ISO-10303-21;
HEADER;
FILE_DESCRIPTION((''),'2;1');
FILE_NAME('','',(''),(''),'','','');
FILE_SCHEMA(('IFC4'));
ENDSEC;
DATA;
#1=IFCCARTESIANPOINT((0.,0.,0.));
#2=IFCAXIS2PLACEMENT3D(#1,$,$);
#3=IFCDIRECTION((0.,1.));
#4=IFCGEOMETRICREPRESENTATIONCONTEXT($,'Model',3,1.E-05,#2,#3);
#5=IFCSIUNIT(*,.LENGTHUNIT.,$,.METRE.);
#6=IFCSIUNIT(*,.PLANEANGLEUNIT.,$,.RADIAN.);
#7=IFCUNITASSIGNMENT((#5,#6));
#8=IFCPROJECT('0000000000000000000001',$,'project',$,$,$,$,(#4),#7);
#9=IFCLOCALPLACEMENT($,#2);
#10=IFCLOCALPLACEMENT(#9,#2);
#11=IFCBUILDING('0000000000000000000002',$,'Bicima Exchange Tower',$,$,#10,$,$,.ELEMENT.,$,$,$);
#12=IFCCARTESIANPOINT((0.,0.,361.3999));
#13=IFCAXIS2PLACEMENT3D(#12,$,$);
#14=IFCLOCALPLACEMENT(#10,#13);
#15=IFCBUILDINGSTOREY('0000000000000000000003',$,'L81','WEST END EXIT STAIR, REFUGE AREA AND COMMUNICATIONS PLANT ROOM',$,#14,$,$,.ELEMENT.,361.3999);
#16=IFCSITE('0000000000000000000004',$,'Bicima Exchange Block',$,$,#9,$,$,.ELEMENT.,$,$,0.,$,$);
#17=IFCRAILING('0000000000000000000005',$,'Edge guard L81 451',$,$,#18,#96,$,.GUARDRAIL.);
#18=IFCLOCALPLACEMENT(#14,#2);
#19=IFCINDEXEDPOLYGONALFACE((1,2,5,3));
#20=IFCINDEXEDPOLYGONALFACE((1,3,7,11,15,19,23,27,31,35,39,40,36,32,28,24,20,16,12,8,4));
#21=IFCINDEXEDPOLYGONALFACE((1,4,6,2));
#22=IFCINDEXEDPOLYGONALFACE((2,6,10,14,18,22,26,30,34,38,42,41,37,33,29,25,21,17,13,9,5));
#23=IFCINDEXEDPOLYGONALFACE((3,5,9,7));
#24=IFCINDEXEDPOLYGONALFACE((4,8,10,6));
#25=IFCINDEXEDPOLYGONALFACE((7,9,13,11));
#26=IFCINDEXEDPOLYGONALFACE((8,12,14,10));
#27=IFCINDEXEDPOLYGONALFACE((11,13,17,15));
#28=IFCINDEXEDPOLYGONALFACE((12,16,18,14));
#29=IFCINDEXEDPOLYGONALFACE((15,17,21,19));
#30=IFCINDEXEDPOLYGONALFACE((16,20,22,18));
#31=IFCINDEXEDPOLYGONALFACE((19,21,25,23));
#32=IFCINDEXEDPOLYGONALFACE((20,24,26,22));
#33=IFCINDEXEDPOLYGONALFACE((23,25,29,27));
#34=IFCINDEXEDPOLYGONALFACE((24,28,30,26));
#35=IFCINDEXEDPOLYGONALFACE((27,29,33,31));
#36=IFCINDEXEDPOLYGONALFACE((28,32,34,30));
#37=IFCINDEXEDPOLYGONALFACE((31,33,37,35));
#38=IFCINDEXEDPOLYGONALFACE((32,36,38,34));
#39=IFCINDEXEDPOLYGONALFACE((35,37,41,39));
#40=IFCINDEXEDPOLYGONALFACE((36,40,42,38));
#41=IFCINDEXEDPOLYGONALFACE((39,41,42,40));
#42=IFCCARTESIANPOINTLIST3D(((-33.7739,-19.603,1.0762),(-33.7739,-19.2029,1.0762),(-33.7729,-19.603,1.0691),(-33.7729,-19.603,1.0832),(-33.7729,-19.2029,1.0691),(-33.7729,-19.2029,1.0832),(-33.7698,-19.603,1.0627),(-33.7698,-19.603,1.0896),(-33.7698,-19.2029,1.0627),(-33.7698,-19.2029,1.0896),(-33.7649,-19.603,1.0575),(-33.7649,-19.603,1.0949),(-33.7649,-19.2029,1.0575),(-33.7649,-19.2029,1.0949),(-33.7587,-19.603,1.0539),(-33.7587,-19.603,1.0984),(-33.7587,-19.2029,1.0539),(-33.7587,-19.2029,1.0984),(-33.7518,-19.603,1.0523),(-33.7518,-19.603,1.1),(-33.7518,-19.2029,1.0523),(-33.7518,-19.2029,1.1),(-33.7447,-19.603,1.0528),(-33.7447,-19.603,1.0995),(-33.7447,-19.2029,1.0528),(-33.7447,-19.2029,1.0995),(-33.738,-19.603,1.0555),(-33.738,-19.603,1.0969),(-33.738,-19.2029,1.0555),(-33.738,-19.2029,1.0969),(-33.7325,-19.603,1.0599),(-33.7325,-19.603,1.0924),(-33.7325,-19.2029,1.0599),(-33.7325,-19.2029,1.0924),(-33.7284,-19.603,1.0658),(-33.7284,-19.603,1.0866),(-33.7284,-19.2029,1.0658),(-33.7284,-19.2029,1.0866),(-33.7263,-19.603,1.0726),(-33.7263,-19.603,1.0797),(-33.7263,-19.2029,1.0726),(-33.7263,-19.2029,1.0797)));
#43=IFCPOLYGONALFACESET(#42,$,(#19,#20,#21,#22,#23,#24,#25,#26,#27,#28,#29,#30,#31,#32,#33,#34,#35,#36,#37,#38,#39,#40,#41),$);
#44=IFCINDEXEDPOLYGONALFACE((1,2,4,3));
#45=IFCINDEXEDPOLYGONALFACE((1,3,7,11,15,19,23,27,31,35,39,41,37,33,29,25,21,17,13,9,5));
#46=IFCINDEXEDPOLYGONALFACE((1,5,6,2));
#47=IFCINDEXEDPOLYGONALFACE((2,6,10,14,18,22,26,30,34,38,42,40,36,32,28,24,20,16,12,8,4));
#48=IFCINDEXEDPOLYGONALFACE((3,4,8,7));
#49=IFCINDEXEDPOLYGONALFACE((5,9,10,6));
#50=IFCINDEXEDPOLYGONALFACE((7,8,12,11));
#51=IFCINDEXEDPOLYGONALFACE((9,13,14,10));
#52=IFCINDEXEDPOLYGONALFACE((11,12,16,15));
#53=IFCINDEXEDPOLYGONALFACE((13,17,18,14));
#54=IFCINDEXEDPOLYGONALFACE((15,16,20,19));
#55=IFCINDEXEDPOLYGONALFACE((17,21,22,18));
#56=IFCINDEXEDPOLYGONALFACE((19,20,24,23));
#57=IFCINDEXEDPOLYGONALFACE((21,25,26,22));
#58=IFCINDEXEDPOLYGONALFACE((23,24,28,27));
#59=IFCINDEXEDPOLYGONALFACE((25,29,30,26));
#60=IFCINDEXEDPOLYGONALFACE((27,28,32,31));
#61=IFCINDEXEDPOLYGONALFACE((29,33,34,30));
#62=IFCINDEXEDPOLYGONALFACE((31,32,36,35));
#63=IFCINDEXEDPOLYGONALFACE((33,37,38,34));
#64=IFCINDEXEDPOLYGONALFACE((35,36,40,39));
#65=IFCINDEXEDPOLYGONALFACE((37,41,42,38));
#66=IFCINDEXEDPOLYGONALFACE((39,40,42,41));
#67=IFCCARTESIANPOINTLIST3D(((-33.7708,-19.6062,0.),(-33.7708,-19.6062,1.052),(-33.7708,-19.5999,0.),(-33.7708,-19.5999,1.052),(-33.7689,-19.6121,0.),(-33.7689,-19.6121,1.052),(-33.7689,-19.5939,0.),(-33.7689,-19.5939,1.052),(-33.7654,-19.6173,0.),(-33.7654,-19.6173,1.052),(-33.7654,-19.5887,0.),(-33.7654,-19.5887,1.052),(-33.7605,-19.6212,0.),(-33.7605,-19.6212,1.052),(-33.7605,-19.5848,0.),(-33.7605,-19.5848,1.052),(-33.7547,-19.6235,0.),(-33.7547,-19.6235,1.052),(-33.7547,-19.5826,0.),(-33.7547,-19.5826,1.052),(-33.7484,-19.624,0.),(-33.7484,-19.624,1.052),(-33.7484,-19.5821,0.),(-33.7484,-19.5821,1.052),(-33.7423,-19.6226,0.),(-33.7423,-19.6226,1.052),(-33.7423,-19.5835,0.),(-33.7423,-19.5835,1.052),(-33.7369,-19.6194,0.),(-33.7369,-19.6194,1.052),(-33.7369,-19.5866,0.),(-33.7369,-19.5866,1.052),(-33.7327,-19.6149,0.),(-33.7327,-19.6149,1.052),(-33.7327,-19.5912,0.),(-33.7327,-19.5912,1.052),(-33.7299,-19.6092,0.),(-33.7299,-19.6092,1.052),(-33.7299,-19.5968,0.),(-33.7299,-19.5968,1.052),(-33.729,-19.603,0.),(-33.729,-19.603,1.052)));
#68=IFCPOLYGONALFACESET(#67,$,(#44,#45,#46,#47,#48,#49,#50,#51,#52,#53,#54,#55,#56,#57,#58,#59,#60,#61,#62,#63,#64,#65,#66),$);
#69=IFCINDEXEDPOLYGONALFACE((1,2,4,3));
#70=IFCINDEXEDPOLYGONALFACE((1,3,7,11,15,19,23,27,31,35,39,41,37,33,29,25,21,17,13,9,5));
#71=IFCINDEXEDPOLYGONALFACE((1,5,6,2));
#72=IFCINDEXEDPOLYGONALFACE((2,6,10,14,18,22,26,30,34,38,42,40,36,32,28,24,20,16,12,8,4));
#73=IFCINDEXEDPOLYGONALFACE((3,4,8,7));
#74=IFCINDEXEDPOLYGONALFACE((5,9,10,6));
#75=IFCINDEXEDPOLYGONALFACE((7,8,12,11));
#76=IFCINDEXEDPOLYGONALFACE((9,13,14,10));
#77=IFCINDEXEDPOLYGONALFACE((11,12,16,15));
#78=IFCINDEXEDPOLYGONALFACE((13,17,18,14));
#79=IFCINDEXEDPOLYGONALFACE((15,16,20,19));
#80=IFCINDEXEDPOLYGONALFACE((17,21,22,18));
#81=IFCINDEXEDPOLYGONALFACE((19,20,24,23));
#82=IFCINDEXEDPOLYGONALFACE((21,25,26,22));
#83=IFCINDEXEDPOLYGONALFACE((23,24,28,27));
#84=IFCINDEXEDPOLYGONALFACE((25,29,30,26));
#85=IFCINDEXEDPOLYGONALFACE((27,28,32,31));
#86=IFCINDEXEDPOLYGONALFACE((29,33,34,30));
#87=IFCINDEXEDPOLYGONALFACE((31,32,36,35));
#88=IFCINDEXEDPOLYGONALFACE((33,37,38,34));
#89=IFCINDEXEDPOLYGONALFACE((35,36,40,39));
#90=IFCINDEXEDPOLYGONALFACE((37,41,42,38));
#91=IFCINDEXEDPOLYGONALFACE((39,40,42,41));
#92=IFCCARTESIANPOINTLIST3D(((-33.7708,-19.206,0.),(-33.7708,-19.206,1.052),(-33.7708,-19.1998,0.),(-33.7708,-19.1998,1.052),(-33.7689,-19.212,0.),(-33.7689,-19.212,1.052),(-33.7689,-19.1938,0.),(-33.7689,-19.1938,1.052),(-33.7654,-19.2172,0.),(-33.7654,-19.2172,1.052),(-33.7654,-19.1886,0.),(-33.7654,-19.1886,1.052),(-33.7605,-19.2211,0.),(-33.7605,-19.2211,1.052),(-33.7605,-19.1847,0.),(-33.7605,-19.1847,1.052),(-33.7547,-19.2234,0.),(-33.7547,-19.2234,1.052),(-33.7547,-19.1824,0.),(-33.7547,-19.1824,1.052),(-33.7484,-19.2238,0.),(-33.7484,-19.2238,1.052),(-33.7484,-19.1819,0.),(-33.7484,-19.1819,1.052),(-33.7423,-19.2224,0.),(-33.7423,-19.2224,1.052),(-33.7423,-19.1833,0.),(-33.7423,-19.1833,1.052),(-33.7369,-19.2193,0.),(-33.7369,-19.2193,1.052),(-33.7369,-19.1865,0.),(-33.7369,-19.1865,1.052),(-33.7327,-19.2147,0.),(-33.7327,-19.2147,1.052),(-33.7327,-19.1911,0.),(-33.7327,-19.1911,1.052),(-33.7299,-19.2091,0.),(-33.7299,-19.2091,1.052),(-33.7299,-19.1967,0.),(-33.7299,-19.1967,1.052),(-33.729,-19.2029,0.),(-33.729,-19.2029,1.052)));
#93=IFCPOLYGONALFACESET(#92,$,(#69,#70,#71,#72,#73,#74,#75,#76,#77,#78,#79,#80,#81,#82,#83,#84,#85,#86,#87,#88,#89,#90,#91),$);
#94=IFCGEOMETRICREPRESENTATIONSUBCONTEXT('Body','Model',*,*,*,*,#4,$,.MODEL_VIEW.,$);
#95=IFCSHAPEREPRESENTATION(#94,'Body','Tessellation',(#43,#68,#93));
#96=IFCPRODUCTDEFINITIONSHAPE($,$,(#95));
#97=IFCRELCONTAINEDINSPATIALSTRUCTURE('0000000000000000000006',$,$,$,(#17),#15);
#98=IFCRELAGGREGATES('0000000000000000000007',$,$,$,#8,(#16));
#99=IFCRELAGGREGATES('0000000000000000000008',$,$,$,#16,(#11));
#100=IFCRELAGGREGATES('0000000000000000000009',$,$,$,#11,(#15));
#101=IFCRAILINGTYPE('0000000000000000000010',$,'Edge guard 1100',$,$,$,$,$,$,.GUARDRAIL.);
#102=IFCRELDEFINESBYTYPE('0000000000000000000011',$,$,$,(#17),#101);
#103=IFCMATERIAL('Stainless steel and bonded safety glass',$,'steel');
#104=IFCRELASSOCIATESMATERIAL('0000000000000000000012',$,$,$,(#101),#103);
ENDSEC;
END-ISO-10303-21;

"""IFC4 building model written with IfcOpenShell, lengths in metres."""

from ifc_helpers import new_model, si_unit, direction, frame, origin, origin_2d, place, context, subcontext, project, spatial, circle, extrude, material, type_object, element, save


model = new_model("IFC4")

# Units and contexts
model_context = context("Model", 3, precision=1e-05, world=origin(), true_north=direction((0.0, 1.0)))
body_context = subcontext(model_context, "Body", "Model", "MODEL_VIEW")
ifc_project = project(units=[si_unit("LENGTHUNIT", "METRE"), si_unit("PLANEANGLEUNIT", "RADIAN")], contexts=[model_context])

# Site, building, storey
site_placement = place(None, origin())
site = spatial("IfcSite", under=ifc_project, at=site_placement, Name="Bicima Exchange Block", CompositionType="ELEMENT", RefElevation=0.0)
building_placement = place(site_placement, origin())
building = spatial("IfcBuilding", under=site, at=building_placement, Name="Bicima Exchange Tower", CompositionType="ELEMENT")
storey_placement = place(building_placement, frame((0.0, 0.0, 361.3999)))
storey = spatial("IfcBuildingStorey", under=building, at=storey_placement, Name="L81", Description="WEST END EXIT STAIR, REFUGE AREA AND COMMUNICATIONS PLANT ROOM", CompositionType="ELEMENT", Elevation=361.3999)

# Railing
ifc_material_1 = material(Name="Stainless steel and bonded safety glass", Category="steel")
railing_type = type_object("IfcRailingType", Name="Edge guard 1100", PredefinedType="GUARDRAIL", material=ifc_material_1)
railing_1_placement = place(storey_placement, frame((-33.75, -19.603, 0.0)))
element("IfcRailing", 1, at=railing_1_placement, inside=storey, type_object=railing_type, Name="Edge guard L81 451", PredefinedType="GUARDRAIL", context=body_context, shape_type="SweptSolid", body=[
    extrude(circle(Radius=0.0239, at=origin_2d()), frame((0.0, 0.0, 1.0762), z_axis=(0.0, 1.0, 0.0), x_axis=(-1.0, 0.0, 0.0)), (0.0, 0.0, 1.0), 0.4001),
    extrude(circle(Radius=0.021, at=origin_2d()), origin(), (0.0, 0.0, 1.0), 1.052),
    extrude(circle(Radius=0.021, at=origin_2d()), frame((0.0, 0.4001, 0.0)), (0.0, 0.0, 1.0), 1.052),
])

save(model, "model.ifc")
